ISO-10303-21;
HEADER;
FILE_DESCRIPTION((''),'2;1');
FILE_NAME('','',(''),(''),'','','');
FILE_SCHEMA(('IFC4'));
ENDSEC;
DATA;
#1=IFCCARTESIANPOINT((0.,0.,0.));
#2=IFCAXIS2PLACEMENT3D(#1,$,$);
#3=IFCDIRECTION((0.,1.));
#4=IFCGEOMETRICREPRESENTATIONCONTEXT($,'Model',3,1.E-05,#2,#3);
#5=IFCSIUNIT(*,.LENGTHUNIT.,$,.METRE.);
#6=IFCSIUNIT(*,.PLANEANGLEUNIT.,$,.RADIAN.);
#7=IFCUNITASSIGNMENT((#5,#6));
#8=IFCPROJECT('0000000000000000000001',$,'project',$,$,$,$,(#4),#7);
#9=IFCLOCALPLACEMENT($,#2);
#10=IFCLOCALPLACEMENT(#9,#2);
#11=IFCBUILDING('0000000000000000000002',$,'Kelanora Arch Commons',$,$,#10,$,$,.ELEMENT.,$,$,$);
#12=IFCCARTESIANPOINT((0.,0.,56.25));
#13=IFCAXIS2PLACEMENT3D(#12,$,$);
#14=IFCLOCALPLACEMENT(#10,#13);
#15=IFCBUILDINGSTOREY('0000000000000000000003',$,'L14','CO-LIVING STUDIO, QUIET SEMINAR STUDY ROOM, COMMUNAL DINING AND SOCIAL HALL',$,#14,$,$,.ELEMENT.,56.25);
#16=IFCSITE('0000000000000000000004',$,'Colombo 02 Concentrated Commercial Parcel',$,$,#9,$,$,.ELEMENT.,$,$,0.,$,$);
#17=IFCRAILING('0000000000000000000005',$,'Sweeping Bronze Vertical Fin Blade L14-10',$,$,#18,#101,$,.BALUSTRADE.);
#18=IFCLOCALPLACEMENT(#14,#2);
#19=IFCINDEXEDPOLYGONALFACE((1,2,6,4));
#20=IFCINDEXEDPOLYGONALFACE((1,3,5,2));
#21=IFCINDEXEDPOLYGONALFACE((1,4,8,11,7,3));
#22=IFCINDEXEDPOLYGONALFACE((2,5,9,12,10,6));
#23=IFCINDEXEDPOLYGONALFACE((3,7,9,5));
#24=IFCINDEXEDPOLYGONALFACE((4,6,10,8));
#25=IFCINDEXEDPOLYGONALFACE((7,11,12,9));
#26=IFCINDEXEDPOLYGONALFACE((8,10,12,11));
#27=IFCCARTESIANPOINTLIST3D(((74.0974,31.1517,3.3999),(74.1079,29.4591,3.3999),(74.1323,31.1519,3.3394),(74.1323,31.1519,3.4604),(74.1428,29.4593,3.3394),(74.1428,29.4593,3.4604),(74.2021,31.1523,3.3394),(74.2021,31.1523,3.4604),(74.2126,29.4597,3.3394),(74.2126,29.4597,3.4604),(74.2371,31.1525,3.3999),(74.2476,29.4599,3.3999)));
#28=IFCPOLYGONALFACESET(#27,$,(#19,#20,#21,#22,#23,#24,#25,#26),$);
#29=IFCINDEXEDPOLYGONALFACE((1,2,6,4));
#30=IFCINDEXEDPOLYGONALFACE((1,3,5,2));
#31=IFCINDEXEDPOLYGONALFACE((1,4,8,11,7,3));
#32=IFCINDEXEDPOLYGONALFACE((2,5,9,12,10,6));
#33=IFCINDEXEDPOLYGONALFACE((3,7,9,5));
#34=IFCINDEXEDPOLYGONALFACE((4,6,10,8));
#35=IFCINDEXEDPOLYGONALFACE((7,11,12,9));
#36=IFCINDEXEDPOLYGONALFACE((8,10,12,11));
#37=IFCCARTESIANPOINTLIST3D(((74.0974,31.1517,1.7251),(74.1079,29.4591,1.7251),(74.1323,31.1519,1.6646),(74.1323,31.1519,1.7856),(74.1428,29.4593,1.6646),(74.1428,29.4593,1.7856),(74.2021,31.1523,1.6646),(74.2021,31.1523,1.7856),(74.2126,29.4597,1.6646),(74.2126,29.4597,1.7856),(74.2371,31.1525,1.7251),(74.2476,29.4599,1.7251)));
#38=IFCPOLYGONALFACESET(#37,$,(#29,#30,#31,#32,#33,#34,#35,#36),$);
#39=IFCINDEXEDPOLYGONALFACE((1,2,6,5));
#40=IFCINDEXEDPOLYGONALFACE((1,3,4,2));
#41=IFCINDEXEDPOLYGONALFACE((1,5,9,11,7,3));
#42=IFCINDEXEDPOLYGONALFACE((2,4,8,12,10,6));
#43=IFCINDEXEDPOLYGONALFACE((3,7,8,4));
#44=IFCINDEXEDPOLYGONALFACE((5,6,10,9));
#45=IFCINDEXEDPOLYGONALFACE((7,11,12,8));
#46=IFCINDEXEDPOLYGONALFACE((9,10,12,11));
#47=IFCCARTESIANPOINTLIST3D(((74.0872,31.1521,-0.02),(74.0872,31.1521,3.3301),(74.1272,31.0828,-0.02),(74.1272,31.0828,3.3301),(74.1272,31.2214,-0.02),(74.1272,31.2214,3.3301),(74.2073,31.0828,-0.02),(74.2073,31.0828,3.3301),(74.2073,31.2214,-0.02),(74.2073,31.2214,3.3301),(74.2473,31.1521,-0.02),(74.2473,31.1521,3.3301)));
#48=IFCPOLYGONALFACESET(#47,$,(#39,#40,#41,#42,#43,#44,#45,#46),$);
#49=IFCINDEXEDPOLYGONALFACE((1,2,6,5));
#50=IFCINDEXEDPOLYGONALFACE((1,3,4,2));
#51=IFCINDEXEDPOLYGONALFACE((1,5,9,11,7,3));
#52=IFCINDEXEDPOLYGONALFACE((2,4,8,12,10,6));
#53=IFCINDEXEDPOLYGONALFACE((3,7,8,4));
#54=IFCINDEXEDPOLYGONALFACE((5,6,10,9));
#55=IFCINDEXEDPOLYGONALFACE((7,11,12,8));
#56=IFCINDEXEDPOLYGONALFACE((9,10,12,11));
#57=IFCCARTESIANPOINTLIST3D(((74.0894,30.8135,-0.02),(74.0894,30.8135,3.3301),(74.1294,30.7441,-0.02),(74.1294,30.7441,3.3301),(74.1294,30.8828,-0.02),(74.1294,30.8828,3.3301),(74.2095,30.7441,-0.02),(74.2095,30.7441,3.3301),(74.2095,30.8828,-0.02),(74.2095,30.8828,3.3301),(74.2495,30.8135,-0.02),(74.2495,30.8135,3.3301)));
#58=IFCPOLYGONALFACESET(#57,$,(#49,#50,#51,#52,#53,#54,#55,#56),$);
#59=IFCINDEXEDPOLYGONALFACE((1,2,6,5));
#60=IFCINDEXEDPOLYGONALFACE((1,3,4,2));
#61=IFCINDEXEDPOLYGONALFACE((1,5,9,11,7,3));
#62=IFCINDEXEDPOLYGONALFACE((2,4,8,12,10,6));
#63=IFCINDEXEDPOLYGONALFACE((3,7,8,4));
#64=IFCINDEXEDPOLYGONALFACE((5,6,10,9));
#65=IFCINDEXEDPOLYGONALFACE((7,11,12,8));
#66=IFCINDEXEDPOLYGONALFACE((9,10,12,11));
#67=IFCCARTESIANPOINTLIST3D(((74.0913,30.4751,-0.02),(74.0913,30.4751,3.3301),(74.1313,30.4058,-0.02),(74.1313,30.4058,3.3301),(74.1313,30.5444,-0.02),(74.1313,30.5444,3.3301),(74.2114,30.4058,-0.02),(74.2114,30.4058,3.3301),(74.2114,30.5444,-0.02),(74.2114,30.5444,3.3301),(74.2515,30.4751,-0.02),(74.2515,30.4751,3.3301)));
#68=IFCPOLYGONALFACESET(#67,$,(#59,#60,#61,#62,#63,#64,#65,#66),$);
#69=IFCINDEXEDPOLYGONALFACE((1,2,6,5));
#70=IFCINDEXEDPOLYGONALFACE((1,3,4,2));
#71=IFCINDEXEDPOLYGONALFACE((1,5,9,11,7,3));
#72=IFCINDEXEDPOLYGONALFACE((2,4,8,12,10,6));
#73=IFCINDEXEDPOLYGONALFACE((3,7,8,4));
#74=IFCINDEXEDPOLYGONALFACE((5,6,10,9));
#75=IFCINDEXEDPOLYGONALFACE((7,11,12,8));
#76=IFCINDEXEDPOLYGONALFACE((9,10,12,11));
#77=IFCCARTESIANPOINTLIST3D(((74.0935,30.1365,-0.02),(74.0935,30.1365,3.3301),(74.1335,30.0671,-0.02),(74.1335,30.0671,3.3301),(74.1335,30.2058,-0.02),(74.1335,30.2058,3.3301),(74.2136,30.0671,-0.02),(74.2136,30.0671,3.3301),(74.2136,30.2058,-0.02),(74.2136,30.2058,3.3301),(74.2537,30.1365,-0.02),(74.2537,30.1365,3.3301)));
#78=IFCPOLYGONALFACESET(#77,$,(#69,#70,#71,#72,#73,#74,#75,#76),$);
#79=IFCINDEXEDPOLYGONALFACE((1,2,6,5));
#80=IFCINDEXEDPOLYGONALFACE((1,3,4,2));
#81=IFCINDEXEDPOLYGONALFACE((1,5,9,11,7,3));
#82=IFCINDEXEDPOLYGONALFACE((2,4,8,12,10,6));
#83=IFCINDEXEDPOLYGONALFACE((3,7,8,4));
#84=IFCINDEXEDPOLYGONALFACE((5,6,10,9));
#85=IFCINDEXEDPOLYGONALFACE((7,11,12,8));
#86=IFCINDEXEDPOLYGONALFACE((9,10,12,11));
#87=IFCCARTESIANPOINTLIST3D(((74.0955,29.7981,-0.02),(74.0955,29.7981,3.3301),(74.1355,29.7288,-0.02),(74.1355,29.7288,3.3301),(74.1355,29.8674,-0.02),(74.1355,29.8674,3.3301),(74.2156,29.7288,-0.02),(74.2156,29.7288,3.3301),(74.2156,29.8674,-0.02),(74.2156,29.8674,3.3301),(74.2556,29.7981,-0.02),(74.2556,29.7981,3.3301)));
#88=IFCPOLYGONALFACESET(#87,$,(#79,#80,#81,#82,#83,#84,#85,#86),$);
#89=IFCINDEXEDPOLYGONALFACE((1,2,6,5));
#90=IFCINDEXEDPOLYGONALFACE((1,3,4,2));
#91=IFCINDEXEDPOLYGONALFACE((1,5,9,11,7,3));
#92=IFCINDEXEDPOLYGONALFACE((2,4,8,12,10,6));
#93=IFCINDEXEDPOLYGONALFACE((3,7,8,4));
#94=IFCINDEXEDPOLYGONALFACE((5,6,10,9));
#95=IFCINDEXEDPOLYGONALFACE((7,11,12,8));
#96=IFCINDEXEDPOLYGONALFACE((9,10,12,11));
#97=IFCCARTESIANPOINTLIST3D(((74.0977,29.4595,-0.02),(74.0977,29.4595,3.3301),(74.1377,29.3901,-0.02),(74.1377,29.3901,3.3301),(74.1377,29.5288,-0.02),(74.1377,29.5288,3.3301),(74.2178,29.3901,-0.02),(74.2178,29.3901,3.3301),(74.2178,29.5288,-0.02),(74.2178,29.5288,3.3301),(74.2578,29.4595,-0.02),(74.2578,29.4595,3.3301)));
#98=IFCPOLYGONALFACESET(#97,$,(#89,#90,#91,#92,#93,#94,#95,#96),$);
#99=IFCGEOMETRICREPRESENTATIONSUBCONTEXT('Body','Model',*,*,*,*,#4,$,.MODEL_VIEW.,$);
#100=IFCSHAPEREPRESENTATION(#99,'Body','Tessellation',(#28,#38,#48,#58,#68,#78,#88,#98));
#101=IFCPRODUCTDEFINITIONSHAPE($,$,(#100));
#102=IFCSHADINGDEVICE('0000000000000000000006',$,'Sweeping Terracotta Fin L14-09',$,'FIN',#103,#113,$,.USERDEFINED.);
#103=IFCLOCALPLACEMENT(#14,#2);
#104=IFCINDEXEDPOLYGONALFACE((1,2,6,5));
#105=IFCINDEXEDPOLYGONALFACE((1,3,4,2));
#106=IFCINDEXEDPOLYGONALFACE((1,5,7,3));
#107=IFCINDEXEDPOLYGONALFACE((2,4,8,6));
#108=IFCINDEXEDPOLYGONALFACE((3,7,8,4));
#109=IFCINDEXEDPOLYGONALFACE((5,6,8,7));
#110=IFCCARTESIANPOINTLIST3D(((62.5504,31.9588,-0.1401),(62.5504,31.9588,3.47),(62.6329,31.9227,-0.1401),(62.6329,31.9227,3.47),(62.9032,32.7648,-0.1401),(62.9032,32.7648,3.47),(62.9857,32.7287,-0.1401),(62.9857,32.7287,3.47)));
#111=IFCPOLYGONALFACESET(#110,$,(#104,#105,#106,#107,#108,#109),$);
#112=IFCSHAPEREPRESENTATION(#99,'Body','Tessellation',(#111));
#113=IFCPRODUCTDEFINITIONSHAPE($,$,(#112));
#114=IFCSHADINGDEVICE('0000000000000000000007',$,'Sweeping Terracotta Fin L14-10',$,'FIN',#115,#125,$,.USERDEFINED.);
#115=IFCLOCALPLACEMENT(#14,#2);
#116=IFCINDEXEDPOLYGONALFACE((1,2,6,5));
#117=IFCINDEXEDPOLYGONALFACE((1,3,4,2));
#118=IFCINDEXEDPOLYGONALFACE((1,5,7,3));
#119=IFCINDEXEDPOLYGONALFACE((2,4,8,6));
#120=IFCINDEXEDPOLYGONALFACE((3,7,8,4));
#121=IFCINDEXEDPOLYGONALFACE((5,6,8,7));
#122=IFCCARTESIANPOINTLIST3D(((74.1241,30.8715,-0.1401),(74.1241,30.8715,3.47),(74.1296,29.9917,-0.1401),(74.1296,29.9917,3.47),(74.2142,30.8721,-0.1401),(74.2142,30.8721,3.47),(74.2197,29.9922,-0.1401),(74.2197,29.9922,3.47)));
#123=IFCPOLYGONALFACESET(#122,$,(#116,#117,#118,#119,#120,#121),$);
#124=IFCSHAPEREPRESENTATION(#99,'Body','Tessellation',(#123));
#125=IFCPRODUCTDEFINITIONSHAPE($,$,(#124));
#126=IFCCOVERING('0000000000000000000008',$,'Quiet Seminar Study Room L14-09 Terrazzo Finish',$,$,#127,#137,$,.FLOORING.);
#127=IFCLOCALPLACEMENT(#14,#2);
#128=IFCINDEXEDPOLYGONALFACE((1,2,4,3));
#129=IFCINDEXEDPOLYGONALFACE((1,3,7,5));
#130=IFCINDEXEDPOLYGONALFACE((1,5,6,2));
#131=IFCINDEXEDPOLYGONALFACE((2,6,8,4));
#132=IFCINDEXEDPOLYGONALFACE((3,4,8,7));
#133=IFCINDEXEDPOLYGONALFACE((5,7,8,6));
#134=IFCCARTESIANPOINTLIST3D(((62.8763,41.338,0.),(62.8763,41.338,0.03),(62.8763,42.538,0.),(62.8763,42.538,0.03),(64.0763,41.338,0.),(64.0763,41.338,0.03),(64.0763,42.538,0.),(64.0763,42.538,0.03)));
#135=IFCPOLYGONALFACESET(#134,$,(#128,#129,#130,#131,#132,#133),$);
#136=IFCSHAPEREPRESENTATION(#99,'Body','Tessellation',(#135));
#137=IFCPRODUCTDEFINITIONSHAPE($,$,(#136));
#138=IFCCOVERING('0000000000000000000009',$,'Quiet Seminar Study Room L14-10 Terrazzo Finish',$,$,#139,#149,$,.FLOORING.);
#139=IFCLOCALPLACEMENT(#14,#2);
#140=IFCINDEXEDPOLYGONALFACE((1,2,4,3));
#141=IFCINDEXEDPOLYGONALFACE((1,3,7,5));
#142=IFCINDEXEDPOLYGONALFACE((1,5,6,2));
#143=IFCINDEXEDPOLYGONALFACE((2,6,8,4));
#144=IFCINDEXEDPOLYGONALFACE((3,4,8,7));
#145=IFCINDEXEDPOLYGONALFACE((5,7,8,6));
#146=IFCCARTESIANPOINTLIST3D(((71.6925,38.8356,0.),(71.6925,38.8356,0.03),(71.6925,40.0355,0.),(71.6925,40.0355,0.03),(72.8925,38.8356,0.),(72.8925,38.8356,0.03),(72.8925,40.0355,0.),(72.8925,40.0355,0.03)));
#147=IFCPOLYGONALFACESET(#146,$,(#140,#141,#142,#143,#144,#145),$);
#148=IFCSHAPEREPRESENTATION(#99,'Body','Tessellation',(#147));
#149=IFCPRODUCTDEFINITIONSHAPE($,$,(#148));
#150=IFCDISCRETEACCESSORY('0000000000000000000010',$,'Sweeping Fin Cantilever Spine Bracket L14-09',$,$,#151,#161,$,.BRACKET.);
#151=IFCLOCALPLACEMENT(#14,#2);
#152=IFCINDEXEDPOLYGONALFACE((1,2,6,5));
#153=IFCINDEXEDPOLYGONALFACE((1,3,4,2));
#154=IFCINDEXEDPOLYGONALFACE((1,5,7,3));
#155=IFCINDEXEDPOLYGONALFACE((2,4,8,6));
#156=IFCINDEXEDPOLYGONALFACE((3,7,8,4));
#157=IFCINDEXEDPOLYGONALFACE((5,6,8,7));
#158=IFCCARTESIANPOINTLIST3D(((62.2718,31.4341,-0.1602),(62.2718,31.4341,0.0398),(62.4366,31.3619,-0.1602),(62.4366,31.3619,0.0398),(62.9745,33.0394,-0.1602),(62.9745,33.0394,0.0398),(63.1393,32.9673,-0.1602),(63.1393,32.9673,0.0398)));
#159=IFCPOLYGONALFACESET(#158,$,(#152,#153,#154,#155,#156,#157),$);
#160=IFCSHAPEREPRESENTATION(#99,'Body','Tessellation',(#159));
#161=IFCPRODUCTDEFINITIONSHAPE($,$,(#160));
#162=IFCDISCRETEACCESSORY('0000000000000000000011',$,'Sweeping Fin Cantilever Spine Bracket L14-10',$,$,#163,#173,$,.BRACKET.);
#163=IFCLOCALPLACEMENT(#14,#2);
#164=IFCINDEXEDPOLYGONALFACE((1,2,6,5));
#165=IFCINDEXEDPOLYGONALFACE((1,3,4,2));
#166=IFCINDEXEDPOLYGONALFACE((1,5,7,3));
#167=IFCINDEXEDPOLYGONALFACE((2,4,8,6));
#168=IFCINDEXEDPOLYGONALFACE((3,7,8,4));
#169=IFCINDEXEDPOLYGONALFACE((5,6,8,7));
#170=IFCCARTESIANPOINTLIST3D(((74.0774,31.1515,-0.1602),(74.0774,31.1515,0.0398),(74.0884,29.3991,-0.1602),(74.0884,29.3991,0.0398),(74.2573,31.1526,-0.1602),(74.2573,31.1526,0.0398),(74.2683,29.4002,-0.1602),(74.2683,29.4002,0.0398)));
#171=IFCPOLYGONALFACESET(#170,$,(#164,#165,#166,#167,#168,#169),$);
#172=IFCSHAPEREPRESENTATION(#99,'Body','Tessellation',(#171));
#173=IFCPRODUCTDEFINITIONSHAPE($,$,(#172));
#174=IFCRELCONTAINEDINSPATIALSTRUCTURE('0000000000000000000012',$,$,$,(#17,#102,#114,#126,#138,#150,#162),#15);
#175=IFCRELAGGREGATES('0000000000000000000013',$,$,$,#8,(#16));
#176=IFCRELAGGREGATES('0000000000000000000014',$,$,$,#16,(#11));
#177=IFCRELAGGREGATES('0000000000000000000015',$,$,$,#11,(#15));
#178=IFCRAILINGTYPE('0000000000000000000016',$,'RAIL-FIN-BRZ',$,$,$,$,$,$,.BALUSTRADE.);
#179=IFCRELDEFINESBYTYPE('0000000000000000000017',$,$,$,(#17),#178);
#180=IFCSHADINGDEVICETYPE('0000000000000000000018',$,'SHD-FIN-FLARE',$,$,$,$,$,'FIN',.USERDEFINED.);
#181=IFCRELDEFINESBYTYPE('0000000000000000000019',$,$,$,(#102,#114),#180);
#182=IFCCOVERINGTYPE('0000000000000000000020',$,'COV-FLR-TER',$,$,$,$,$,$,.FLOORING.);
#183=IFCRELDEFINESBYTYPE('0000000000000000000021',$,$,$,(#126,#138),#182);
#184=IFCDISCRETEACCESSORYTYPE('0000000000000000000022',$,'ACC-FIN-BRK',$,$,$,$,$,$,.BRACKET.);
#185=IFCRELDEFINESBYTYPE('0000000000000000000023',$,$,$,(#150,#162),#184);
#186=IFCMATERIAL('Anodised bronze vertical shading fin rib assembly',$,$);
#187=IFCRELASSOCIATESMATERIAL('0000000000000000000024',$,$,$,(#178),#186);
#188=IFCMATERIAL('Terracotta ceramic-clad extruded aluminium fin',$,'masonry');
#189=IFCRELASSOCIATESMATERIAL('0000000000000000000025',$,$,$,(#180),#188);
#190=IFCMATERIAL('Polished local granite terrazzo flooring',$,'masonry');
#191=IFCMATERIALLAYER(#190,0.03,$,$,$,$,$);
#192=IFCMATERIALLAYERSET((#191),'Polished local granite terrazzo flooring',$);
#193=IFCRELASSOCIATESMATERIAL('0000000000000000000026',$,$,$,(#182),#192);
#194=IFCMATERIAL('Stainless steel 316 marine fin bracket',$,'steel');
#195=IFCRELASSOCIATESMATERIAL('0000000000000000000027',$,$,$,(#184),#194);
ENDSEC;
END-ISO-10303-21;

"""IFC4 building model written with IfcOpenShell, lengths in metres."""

from ifc_helpers import new_model, si_unit, direction, frame, origin, origin_2d, place, context, subcontext, project, spatial, polyline, rectangle, outline, extrude, source, transform, mapped, material, layer, layer_set, type_object, element, save


model = new_model("IFC4")

# Units and contexts
model_context = context("Model", 3, precision=1e-05, world=origin(), true_north=direction((0.0, 1.0)))
body_context = subcontext(model_context, "Body", "Model", "MODEL_VIEW")
ifc_project = project(units=[si_unit("LENGTHUNIT", "METRE"), si_unit("PLANEANGLEUNIT", "RADIAN")], contexts=[model_context])

# Site, building, storey
site_placement = place(None, origin())
site = spatial("IfcSite", under=ifc_project, at=site_placement, Name="Colombo 02 Concentrated Commercial Parcel", CompositionType="ELEMENT", RefElevation=0.0)
building_placement = place(site_placement, origin())
building = spatial("IfcBuilding", under=site, at=building_placement, Name="Kelanora Arch Commons", CompositionType="ELEMENT")
storey_placement = place(building_placement, frame((0.0, 0.0, 56.25)))
storey = spatial("IfcBuildingStorey", under=building, at=storey_placement, Name="L14", Description="CO-LIVING STUDIO, QUIET SEMINAR STUDY ROOM, COMMUNAL DINING AND SOCIAL HALL", CompositionType="ELEMENT", Elevation=56.25)

# Railing
ifc_material_1 = material(Name="Anodised bronze vertical shading fin rib assembly")
railing_type = type_object("IfcRailingType", Name="RAIL-FIN-BRZ", PredefinedType="BALUSTRADE", material=ifc_material_1)
railing_1_placement = place(storey_placement, frame((74.1672, 31.1521, -0.02)))
element("IfcRailing", 1, at=railing_1_placement, inside=storey, type_object=railing_type, Name="Sweeping Bronze Vertical Fin Blade L14-10", PredefinedType="BALUSTRADE", context=body_context, shape_type="SweptSolid", body=[
    extrude(outline(polyline([(0.0698, 0.0), (0.0349, 0.0605), (-0.0349, 0.0605), (-0.0698, 0.0), (-0.0349, -0.0605), (0.0349, -0.0605), (0.0698, 0.0)])), frame((0.0, 0.0, 3.4199), z_axis=(0.006202, -0.999981, 0.0), x_axis=(0.999981, 0.006202, 0.0)), (0.0, 0.0, 1.0), 1.6926),
    extrude(outline(polyline([(0.0698, 0.0), (0.0349, 0.0605), (-0.0349, 0.0605), (-0.0698, 0.0), (-0.0349, -0.0605), (0.0349, -0.0605), (0.0698, 0.0)])), frame((0.0, 0.0, 1.7451), z_axis=(0.006202, -0.999981, 0.0), x_axis=(0.999981, 0.006202, 0.0)), (0.0, 0.0, 1.0), 1.6926),
    extrude(outline(polyline([(0.0801, 0.0), (0.04, 0.0693), (-0.04, 0.0693), (-0.0801, 0.0), (-0.04, -0.0693), (0.04, -0.0693), (0.0801, 0.0)])), origin(), (0.0, 0.0, 1.0), 3.3501),
    extrude(outline(polyline([(0.0801, 0.0), (0.04, 0.0693), (-0.04, 0.0693), (-0.0801, 0.0), (-0.04, -0.0693), (0.04, -0.0693), (0.0801, 0.0)])), frame((0.0022, -0.3386, 0.0)), (0.0, 0.0, 1.0), 3.3501),
    extrude(outline(polyline([(0.0801, 0.0), (0.04, 0.0693), (-0.04, 0.0693), (-0.0801, 0.0), (-0.04, -0.0693), (0.04, -0.0693), (0.0801, 0.0)])), frame((0.0042, -0.677, 0.0)), (0.0, 0.0, 1.0), 3.3501),
    extrude(outline(polyline([(0.0801, 0.0), (0.04, 0.0693), (-0.04, 0.0693), (-0.0801, 0.0), (-0.04, -0.0693), (0.04, -0.0693), (0.0801, 0.0)])), frame((0.0063, -1.0156, 0.0)), (0.0, 0.0, 1.0), 3.3501),
    extrude(outline(polyline([(0.0801, 0.0), (0.04, 0.0693), (-0.04, 0.0693), (-0.0801, 0.0), (-0.04, -0.0693), (0.04, -0.0693), (0.0801, 0.0)])), frame((0.0083, -1.354, 0.0)), (0.0, 0.0, 1.0), 3.3501),
    extrude(outline(polyline([(0.0801, 0.0), (0.04, 0.0693), (-0.04, 0.0693), (-0.0801, 0.0), (-0.04, -0.0693), (0.04, -0.0693), (0.0801, 0.0)])), frame((0.0105, -1.6926, 0.0)), (0.0, 0.0, 1.0), 3.3501),
])

# Shading devices
ifc_material_2 = material(Name="Terracotta ceramic-clad extruded aluminium fin", Category="masonry")
shading_device_type = type_object("IfcShadingDeviceType", Name="SHD-FIN-FLARE", ElementType="FIN", PredefinedType="USERDEFINED", material=ifc_material_2)
shared_shape_1 = source(origin(), body_context, "Body", "SweptSolid", [
    extrude(rectangle(XDim=0.8799, YDim=0.0901, at=origin_2d()), origin(), (0.0, 0.0, 1.0), 3.6101),
])
for number, where, z_axis, x_axis, name in (
    (2, (62.7681, 32.3438, -0.1401), (0.0, 0.0, 1.0), (-0.400989, -0.916083, 0.0), "Sweeping Terracotta Fin L14-09"),
    (3, (74.1719, 30.4319, -0.1401), (0.0, 0.0, 1.0), (0.006283, -0.99998, 0.0), "Sweeping Terracotta Fin L14-10"),
):
    element("IfcShadingDevice", number, at=place(storey_placement, frame(where, z_axis=z_axis, x_axis=x_axis)), inside=storey, type_object=shading_device_type, Name=name, ObjectType="FIN", PredefinedType="USERDEFINED", context=body_context, shape_type="MappedRepresentation", body=[
        mapped(shared_shape_1, transform((0.0, 0.0, 0.0), scale=1.0)),
    ])

# Coverings
ifc_material_3 = material(Name="Polished local granite terrazzo flooring", Category="masonry")
ifc_layer_1 = layer(ifc_material_3, 0.03)
ifc_layer_set_1 = layer_set([ifc_layer_1], Name="Polished local granite terrazzo flooring")
covering_type = type_object("IfcCoveringType", Name="COV-FLR-TER", PredefinedType="FLOORING", material=ifc_layer_set_1)
shared_shape_2 = source(origin(), body_context, "Body", "SweptSolid", [
    extrude(rectangle(XDim=1.2, YDim=1.2, at=origin_2d()), origin(), (0.0, 0.0, 1.0), 0.03),
])
for number, where, z_axis, x_axis, name in (
    (4, (63.4763, 41.938, 0.0), (0.0, 0.0, 1.0), (1.0, 0.0, 0.0), "Quiet Seminar Study Room L14-09 Terrazzo Finish"),
    (5, (72.2925, 39.4355, 0.0), (0.0, 0.0, 1.0), (1.0, 0.0, 0.0), "Quiet Seminar Study Room L14-10 Terrazzo Finish"),
):
    element("IfcCovering", number, at=place(storey_placement, frame(where, z_axis=z_axis, x_axis=x_axis)), inside=storey, type_object=covering_type, Name=name, PredefinedType="FLOORING", context=body_context, shape_type="MappedRepresentation", body=[
        mapped(shared_shape_2, transform((0.0, 0.0, 0.0), scale=1.0)),
    ])

# Discrete accessories
ifc_material_4 = material(Name="Stainless steel 316 marine fin bracket", Category="steel")
discrete_accessory_type = type_object("IfcDiscreteAccessoryType", Name="ACC-FIN-BRK", PredefinedType="BRACKET", material=ifc_material_4)
shared_shape_3 = source(origin(), body_context, "Body", "SweptSolid", [
    extrude(rectangle(XDim=1.7524, YDim=0.1799, at=origin_2d()), origin(), (0.0, 0.0, 1.0), 0.2),
])
for number, where, z_axis, x_axis, name in (
    (6, (62.7056, 32.2007, -0.1602), (0.0, 0.0, 1.0), (-0.400989, -0.916083, 0.0), "Sweeping Fin Cantilever Spine Bracket L14-09"),
    (7, (74.1729, 30.2759, -0.1602), (0.0, 0.0, 1.0), (0.006283, -0.99998, 0.0), "Sweeping Fin Cantilever Spine Bracket L14-10"),
):
    element("IfcDiscreteAccessory", number, at=place(storey_placement, frame(where, z_axis=z_axis, x_axis=x_axis)), inside=storey, type_object=discrete_accessory_type, Name=name, PredefinedType="BRACKET", context=body_context, shape_type="MappedRepresentation", body=[
        mapped(shared_shape_3, transform((0.0, 0.0, 0.0), scale=1.0)),
    ])

save(model, "model.ifc")
